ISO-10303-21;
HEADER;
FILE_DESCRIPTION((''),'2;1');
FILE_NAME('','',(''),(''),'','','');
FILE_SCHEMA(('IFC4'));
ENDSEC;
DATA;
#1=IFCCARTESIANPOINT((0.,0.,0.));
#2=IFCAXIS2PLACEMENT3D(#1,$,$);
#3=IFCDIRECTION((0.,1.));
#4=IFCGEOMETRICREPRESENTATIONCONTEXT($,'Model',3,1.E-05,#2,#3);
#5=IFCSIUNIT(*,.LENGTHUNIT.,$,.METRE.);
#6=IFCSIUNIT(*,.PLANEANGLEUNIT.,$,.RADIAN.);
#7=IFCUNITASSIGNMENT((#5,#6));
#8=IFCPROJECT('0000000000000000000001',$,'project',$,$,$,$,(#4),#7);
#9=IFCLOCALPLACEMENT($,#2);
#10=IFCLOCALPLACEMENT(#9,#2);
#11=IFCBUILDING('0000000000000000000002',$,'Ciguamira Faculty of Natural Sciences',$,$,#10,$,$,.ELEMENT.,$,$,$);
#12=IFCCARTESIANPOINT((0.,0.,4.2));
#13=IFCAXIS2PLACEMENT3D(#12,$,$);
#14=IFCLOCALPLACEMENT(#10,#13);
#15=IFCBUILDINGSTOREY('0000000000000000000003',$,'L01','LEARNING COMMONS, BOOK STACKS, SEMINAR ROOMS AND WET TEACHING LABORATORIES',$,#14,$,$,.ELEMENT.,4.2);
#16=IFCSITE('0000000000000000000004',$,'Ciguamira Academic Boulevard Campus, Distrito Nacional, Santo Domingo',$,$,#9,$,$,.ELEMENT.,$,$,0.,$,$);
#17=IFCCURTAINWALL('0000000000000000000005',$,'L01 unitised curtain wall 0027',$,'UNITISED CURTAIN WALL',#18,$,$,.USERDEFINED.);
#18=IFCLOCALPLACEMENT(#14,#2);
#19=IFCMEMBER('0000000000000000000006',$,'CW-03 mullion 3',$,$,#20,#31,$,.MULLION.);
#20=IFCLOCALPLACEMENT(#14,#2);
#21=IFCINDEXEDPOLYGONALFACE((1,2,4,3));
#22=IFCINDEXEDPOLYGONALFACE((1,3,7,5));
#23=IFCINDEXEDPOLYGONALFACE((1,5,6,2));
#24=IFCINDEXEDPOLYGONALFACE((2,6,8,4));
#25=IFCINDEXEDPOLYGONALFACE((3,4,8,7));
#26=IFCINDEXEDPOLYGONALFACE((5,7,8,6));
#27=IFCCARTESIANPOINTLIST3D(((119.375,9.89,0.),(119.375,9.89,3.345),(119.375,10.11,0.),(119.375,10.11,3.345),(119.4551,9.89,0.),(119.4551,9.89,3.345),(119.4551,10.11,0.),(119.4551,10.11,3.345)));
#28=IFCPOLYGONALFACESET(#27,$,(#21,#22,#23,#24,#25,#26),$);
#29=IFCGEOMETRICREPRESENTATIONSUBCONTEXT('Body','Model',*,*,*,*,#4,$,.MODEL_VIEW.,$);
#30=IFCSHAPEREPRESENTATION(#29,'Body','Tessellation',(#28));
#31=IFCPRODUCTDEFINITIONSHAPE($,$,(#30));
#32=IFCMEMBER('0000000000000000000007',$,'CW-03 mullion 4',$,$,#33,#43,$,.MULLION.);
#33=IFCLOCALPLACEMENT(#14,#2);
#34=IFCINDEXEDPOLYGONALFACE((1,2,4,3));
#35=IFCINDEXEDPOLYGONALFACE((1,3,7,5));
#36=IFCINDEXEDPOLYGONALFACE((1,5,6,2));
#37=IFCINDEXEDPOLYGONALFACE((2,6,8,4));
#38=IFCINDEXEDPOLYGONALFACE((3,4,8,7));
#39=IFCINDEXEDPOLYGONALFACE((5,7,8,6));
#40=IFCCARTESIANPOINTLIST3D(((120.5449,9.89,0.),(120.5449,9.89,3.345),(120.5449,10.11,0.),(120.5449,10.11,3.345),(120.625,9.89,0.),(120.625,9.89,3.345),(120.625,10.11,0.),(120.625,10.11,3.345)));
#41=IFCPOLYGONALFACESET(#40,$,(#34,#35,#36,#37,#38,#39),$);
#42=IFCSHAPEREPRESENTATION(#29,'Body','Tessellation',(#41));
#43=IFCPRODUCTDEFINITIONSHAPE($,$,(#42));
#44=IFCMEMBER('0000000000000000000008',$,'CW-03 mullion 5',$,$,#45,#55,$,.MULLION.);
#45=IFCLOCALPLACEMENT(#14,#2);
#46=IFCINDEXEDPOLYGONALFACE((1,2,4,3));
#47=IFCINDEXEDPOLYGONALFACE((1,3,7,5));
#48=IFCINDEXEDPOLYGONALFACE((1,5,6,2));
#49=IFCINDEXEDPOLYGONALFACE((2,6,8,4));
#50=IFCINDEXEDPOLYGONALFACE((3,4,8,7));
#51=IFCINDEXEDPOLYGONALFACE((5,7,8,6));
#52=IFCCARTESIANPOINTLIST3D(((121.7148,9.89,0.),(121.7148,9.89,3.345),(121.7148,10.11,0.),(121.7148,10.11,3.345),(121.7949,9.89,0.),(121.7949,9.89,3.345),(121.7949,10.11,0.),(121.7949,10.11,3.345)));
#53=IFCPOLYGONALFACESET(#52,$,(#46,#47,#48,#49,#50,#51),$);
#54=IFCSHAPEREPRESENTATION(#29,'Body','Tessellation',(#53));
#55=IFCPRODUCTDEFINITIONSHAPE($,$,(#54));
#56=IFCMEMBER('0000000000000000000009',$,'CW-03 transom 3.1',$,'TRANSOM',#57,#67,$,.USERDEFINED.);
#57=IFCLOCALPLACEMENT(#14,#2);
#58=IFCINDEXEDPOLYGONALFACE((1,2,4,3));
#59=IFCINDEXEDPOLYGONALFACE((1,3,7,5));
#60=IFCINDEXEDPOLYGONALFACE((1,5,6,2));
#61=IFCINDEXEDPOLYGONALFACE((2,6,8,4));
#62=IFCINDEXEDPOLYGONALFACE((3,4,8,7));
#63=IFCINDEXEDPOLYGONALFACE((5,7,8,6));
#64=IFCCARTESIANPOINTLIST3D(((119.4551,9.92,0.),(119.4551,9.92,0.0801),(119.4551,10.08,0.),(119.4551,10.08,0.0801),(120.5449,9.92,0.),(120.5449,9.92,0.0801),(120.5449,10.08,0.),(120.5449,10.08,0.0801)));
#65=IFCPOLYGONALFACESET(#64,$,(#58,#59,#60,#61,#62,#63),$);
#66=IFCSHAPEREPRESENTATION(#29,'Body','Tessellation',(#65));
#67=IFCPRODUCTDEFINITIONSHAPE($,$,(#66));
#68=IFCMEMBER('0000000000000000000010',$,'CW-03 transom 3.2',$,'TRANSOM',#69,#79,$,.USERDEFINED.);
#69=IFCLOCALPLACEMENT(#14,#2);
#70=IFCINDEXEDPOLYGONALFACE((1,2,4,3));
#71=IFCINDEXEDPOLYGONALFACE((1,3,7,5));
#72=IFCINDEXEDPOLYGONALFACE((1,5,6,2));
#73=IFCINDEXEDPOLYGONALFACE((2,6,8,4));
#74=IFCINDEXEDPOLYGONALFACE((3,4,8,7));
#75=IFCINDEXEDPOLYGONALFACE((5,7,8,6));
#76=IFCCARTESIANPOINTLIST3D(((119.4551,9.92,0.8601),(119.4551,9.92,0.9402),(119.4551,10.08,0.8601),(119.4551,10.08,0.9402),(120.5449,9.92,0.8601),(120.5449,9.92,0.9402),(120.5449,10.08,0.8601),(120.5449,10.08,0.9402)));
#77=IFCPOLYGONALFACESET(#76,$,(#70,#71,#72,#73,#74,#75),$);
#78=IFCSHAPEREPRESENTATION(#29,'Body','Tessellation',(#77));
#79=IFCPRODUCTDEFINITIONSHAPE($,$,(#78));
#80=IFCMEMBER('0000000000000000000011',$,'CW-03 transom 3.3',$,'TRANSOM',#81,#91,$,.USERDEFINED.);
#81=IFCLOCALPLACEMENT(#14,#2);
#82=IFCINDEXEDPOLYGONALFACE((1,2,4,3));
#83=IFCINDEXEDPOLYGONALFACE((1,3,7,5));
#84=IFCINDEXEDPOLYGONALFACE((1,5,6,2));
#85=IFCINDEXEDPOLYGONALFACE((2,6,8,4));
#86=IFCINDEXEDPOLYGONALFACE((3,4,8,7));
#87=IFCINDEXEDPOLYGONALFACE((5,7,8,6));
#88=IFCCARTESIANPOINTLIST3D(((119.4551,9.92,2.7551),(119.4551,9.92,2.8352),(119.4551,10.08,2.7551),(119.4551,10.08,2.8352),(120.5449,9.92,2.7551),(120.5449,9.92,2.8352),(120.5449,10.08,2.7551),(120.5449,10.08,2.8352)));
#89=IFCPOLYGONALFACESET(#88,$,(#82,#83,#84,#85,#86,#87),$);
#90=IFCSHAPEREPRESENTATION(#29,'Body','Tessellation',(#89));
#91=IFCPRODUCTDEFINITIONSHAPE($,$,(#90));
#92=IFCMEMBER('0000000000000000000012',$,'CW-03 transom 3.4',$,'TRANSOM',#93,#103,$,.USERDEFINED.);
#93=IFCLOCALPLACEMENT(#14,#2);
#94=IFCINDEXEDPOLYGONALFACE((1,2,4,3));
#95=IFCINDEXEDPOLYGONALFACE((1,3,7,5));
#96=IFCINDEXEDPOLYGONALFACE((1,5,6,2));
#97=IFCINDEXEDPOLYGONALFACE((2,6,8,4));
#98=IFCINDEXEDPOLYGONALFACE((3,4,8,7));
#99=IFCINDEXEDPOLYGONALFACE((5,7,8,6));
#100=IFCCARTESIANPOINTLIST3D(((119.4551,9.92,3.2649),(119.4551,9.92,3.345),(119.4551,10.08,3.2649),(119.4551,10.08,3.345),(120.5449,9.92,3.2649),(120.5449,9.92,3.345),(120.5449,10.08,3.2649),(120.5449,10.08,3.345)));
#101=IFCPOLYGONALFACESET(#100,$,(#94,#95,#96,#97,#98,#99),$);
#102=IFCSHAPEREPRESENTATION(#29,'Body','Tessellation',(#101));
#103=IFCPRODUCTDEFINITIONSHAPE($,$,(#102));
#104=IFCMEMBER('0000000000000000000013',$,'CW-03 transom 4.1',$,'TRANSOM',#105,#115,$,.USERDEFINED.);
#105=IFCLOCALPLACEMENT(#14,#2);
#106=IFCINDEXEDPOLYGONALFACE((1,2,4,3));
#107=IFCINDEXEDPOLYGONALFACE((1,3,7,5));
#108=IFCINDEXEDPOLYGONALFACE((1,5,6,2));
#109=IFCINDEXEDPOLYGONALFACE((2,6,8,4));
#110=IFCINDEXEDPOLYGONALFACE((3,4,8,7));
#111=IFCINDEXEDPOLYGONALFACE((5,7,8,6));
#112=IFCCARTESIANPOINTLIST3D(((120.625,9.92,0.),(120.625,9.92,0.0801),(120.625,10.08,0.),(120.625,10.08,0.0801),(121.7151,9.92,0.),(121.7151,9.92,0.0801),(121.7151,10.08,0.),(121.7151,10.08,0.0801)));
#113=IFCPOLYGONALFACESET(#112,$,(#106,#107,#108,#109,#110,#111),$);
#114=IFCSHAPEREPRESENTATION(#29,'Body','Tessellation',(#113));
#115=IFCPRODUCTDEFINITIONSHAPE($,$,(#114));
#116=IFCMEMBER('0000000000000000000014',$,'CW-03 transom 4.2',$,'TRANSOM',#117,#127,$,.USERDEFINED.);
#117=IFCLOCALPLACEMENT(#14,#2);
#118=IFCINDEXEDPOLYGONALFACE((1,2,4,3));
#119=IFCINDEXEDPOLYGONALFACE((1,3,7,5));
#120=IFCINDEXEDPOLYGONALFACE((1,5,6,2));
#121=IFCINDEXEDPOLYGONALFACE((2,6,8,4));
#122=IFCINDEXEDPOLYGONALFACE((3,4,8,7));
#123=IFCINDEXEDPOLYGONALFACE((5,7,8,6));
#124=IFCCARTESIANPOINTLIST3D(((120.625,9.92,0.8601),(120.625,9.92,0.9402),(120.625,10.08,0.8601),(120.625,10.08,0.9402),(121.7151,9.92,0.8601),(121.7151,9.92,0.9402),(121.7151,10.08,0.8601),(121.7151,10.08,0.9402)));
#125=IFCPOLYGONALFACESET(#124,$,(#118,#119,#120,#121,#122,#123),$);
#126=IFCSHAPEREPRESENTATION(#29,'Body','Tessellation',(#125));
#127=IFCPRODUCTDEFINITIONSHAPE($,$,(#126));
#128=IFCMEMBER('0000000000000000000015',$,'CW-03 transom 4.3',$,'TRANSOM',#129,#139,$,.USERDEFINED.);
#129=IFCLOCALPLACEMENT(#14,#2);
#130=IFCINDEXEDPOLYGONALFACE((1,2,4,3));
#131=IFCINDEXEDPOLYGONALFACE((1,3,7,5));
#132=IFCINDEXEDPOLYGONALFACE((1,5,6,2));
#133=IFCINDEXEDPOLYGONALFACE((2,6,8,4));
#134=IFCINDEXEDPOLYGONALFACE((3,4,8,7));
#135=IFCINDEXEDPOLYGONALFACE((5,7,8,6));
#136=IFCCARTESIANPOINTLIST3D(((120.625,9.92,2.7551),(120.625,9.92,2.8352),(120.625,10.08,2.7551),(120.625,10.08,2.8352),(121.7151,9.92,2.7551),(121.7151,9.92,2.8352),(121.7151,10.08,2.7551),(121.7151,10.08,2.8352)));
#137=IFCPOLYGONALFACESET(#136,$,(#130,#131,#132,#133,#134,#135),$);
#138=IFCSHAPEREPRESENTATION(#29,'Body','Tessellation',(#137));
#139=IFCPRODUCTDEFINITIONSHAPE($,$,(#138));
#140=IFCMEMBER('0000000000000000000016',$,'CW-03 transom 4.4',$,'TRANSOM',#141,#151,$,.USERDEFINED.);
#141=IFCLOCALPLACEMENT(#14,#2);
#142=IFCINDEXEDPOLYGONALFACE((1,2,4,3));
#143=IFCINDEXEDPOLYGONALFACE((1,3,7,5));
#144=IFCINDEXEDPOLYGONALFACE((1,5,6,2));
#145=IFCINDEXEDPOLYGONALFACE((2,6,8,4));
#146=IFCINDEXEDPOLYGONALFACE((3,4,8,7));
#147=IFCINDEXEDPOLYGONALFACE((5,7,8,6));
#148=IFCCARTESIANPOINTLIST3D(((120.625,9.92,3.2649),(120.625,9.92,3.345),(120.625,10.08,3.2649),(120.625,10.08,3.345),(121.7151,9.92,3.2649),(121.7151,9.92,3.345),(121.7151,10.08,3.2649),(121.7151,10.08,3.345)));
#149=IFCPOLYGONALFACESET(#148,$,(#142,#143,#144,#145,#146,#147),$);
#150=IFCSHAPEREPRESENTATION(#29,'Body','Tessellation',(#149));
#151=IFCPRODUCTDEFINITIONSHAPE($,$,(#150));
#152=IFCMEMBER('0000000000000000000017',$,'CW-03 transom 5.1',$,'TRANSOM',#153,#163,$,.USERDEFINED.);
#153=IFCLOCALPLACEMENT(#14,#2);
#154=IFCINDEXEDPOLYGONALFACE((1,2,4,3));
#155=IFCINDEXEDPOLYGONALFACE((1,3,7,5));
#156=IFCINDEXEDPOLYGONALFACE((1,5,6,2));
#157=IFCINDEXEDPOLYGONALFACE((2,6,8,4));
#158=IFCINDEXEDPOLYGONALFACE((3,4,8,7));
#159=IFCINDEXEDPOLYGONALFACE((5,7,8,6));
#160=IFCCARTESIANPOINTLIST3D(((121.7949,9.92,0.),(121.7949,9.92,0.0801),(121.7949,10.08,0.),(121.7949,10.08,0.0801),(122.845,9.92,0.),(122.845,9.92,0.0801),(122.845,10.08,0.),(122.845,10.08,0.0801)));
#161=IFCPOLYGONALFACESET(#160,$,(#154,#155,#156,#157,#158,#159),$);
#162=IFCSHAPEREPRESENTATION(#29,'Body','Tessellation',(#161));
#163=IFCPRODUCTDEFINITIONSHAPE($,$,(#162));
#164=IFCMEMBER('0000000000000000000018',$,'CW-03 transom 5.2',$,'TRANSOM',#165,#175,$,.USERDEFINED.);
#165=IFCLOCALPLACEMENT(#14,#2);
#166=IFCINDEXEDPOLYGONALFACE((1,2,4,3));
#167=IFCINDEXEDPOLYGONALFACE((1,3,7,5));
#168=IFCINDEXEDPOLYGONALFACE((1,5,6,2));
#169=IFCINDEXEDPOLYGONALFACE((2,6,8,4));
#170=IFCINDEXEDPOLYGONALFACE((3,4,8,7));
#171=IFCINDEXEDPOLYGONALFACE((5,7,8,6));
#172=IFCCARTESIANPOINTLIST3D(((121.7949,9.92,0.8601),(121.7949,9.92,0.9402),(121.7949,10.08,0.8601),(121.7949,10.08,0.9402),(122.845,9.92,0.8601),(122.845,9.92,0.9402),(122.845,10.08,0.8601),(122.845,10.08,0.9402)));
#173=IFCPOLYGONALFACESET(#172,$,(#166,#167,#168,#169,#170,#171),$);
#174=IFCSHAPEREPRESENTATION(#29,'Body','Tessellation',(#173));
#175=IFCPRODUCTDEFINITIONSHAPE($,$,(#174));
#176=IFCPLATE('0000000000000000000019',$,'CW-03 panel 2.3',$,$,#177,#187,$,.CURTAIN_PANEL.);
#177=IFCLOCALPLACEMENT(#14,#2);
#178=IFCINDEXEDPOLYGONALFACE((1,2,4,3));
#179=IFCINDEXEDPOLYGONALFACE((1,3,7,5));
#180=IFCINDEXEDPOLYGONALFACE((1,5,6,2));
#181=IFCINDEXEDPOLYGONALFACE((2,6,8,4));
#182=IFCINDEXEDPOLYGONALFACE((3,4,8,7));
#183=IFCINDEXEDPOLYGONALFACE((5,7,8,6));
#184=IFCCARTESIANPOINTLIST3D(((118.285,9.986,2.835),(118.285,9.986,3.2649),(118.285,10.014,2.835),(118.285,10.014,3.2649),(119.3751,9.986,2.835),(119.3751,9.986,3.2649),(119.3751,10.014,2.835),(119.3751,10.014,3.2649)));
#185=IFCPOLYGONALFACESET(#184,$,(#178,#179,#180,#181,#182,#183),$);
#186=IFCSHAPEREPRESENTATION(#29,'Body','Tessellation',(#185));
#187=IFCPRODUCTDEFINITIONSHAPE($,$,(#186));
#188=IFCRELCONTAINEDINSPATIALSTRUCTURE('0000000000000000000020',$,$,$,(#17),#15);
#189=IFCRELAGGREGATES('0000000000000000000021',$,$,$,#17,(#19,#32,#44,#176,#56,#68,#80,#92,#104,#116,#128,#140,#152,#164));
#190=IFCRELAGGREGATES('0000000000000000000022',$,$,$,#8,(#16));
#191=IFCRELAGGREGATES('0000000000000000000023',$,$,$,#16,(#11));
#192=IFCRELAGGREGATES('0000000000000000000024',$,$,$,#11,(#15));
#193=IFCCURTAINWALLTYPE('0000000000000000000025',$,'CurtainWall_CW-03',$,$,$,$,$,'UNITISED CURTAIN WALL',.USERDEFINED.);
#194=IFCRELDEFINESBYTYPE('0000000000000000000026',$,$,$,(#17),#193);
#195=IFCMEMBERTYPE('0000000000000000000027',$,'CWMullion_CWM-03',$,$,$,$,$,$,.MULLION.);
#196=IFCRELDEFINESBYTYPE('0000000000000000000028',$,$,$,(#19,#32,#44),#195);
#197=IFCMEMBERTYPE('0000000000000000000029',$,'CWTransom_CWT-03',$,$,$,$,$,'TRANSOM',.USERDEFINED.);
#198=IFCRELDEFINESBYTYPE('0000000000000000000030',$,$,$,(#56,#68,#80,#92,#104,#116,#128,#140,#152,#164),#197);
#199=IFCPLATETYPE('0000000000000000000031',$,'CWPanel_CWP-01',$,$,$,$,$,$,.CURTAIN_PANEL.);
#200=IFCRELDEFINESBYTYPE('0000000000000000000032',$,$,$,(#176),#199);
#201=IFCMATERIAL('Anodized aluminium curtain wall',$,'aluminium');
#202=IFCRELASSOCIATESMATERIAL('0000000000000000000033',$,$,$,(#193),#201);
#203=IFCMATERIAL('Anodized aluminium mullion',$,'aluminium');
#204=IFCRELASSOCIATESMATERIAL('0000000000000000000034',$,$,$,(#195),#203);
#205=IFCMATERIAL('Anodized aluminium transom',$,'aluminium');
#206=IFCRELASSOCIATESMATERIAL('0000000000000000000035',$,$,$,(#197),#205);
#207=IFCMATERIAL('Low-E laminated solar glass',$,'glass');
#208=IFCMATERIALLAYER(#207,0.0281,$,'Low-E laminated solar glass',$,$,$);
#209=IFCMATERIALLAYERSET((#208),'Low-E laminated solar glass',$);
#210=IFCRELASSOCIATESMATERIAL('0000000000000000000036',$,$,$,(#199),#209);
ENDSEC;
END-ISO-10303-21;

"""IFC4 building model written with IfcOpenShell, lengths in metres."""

from ifc_helpers import new_model, si_unit, direction, frame, origin, origin_2d, place, context, subcontext, project, spatial, rectangle, extrude, material, layer, layer_set, material_profile, profile_set, type_object, element, aggregate, save


model = new_model("IFC4")

# Units and contexts
model_context = context("Model", 3, precision=1e-05, world=origin(), true_north=direction((0.0, 1.0)))
body_context = subcontext(model_context, "Body", "Model", "MODEL_VIEW")
ifc_project = project(units=[si_unit("LENGTHUNIT", "METRE"), si_unit("PLANEANGLEUNIT", "RADIAN")], contexts=[model_context])

# Site, building, storey
site_placement = place(None, origin())
site = spatial("IfcSite", under=ifc_project, at=site_placement, Name="Ciguamira Academic Boulevard Campus, Distrito Nacional, Santo Domingo", CompositionType="ELEMENT", RefElevation=0.0)
building_placement = place(site_placement, origin())
building = spatial("IfcBuilding", under=site, at=building_placement, Name="Ciguamira Faculty of Natural Sciences", CompositionType="ELEMENT")
storey_placement = place(building_placement, frame((0.0, 0.0, 4.2)))
storey = spatial("IfcBuildingStorey", under=building, at=storey_placement, Name="L01", Description="LEARNING COMMONS, BOOK STACKS, SEMINAR ROOMS AND WET TEACHING LABORATORIES", CompositionType="ELEMENT", Elevation=4.2)

# Curtain wall, members, plate
ifc_material_1 = material(Name="Anodized aluminium curtain wall", Category="aluminium")
curtain_wall_type = type_object("IfcCurtainWallType", Name="CurtainWall_CW-03", ElementType="UNITISED CURTAIN WALL", PredefinedType="USERDEFINED", material=ifc_material_1)
curtain_wall_placement = place(storey_placement, origin())
curtain_wall = element("IfcCurtainWall", 1, at=curtain_wall_placement, inside=storey, type_object=curtain_wall_type, Name="L01 unitised curtain wall 0027", ObjectType="UNITISED CURTAIN WALL", PredefinedType="USERDEFINED")
ifc_material_2 = material(Name="Anodized aluminium mullion", Category="aluminium")
ifc_material_profile_1 = material_profile(ifc_material_2, rectangle(XDim=0.0801, YDim=0.22, at=origin_2d()), Name="ALU-MUL-80X220")
ifc_profile_set_1 = profile_set([ifc_material_profile_1], Name="Anodized aluminium mullion")
member_type_1 = type_object("IfcMemberType", Name="CWMullion_CWM-03", PredefinedType="MULLION", material=ifc_profile_set_1)
member_1_placement = place(storey_placement, frame((119.415, 10.0, 0.0), z_axis=(0.0, 0.0, 1.0), x_axis=(1.0, 0.0, 0.0)))
member_1 = element("IfcMember", 2, at=member_1_placement, type_object=member_type_1, Name="CW-03 mullion 3", PredefinedType="MULLION", context=body_context, shape_type="SweptSolid", body=[
    extrude(rectangle(XDim=0.0801, YDim=0.22, at=origin_2d()), origin(), (0.0, 0.0, 1.0), 3.345),
])
member_2_placement = place(storey_placement, frame((120.585, 10.0, 0.0), z_axis=(0.0, 0.0, 1.0), x_axis=(1.0, 0.0, 0.0)))
member_2 = element("IfcMember", 3, at=member_2_placement, type_object=member_type_1, Name="CW-03 mullion 4", PredefinedType="MULLION", context=body_context, shape_type="SweptSolid", body=[
    extrude(rectangle(XDim=0.0801, YDim=0.22, at=origin_2d()), origin(), (0.0, 0.0, 1.0), 3.345),
])
member_3_placement = place(storey_placement, frame((121.7549, 10.0, 0.0), z_axis=(0.0, 0.0, 1.0), x_axis=(1.0, 0.0, 0.0)))
member_3 = element("IfcMember", 4, at=member_3_placement, type_object=member_type_1, Name="CW-03 mullion 5", PredefinedType="MULLION", context=body_context, shape_type="SweptSolid", body=[
    extrude(rectangle(XDim=0.0801, YDim=0.22, at=origin_2d()), origin(), (0.0, 0.0, 1.0), 3.345),
])
ifc_material_3 = material(Name="Anodized aluminium transom", Category="aluminium")
ifc_material_profile_2 = material_profile(ifc_material_3, rectangle(XDim=0.0801, YDim=0.1599, at=origin_2d()), Name="ALU-TRN-80X160")
ifc_profile_set_2 = profile_set([ifc_material_profile_2], Name="Anodized aluminium transom")
member_type_2 = type_object("IfcMemberType", Name="CWTransom_CWT-03", ElementType="TRANSOM", PredefinedType="USERDEFINED", material=ifc_profile_set_2)
member_4_placement = place(storey_placement, frame((119.4551, 10.0, 0.04), z_axis=(1.0, 0.0, 0.0), x_axis=(0.0, 0.0, 1.0)))
member_4 = element("IfcMember", 5, at=member_4_placement, type_object=member_type_2, Name="CW-03 transom 3.1", ObjectType="TRANSOM", PredefinedType="USERDEFINED", context=body_context, shape_type="SweptSolid", body=[
    extrude(rectangle(XDim=0.0801, YDim=0.1599, at=origin_2d()), origin(), (0.0, 0.0, 1.0), 1.0898),
])
member_5_placement = place(storey_placement, frame((119.4551, 10.0, 0.9001), z_axis=(1.0, 0.0, 0.0), x_axis=(0.0, 0.0, 1.0)))
member_5 = element("IfcMember", 6, at=member_5_placement, type_object=member_type_2, Name="CW-03 transom 3.2", ObjectType="TRANSOM", PredefinedType="USERDEFINED", context=body_context, shape_type="SweptSolid", body=[
    extrude(rectangle(XDim=0.0801, YDim=0.1599, at=origin_2d()), origin(), (0.0, 0.0, 1.0), 1.0898),
])
member_6_placement = place(storey_placement, frame((119.4551, 10.0, 2.7952), z_axis=(1.0, 0.0, 0.0), x_axis=(0.0, 0.0, 1.0)))
member_6 = element("IfcMember", 7, at=member_6_placement, type_object=member_type_2, Name="CW-03 transom 3.3", ObjectType="TRANSOM", PredefinedType="USERDEFINED", context=body_context, shape_type="SweptSolid", body=[
    extrude(rectangle(XDim=0.0801, YDim=0.1599, at=origin_2d()), origin(), (0.0, 0.0, 1.0), 1.0898),
])
member_7_placement = place(storey_placement, frame((119.4551, 10.0, 3.3049), z_axis=(1.0, 0.0, 0.0), x_axis=(0.0, 0.0, 1.0)))
member_7 = element("IfcMember", 8, at=member_7_placement, type_object=member_type_2, Name="CW-03 transom 3.4", ObjectType="TRANSOM", PredefinedType="USERDEFINED", context=body_context, shape_type="SweptSolid", body=[
    extrude(rectangle(XDim=0.0801, YDim=0.1599, at=origin_2d()), origin(), (0.0, 0.0, 1.0), 1.0898),
])
member_8_placement = place(storey_placement, frame((120.625, 10.0, 0.04), z_axis=(1.0, 0.0, 0.0), x_axis=(0.0, 0.0, 1.0)))
member_8 = element("IfcMember", 9, at=member_8_placement, type_object=member_type_2, Name="CW-03 transom 4.1", ObjectType="TRANSOM", PredefinedType="USERDEFINED", context=body_context, shape_type="SweptSolid", body=[
    extrude(rectangle(XDim=0.0801, YDim=0.1599, at=origin_2d()), origin(), (0.0, 0.0, 1.0), 1.0901),
])
member_9_placement = place(storey_placement, frame((120.625, 10.0, 0.9001), z_axis=(1.0, 0.0, 0.0), x_axis=(0.0, 0.0, 1.0)))
member_9 = element("IfcMember", 10, at=member_9_placement, type_object=member_type_2, Name="CW-03 transom 4.2", ObjectType="TRANSOM", PredefinedType="USERDEFINED", context=body_context, shape_type="SweptSolid", body=[
    extrude(rectangle(XDim=0.0801, YDim=0.1599, at=origin_2d()), origin(), (0.0, 0.0, 1.0), 1.0901),
])
member_10_placement = place(storey_placement, frame((120.625, 10.0, 2.7952), z_axis=(1.0, 0.0, 0.0), x_axis=(0.0, 0.0, 1.0)))
member_10 = element("IfcMember", 11, at=member_10_placement, type_object=member_type_2, Name="CW-03 transom 4.3", ObjectType="TRANSOM", PredefinedType="USERDEFINED", context=body_context, shape_type="SweptSolid", body=[
    extrude(rectangle(XDim=0.0801, YDim=0.1599, at=origin_2d()), origin(), (0.0, 0.0, 1.0), 1.0901),
])
member_11_placement = place(storey_placement, frame((120.625, 10.0, 3.3049), z_axis=(1.0, 0.0, 0.0), x_axis=(0.0, 0.0, 1.0)))
member_11 = element("IfcMember", 12, at=member_11_placement, type_object=member_type_2, Name="CW-03 transom 4.4", ObjectType="TRANSOM", PredefinedType="USERDEFINED", context=body_context, shape_type="SweptSolid", body=[
    extrude(rectangle(XDim=0.0801, YDim=0.1599, at=origin_2d()), origin(), (0.0, 0.0, 1.0), 1.0901),
])
member_12_placement = place(storey_placement, frame((121.7949, 10.0, 0.04), z_axis=(1.0, 0.0, 0.0), x_axis=(0.0, 0.0, 1.0)))
member_12 = element("IfcMember", 13, at=member_12_placement, type_object=member_type_2, Name="CW-03 transom 5.1", ObjectType="TRANSOM", PredefinedType="USERDEFINED", context=body_context, shape_type="SweptSolid", body=[
    extrude(rectangle(XDim=0.0801, YDim=0.1599, at=origin_2d()), origin(), (0.0, 0.0, 1.0), 1.05),
])
member_13_placement = place(storey_placement, frame((121.7949, 10.0, 0.9001), z_axis=(1.0, 0.0, 0.0), x_axis=(0.0, 0.0, 1.0)))
member_13 = element("IfcMember", 14, at=member_13_placement, type_object=member_type_2, Name="CW-03 transom 5.2", ObjectType="TRANSOM", PredefinedType="USERDEFINED", context=body_context, shape_type="SweptSolid", body=[
    extrude(rectangle(XDim=0.0801, YDim=0.1599, at=origin_2d()), origin(), (0.0, 0.0, 1.0), 1.05),
])
ifc_material_4 = material(Name="Low-E laminated solar glass", Category="glass")
ifc_layer = layer(ifc_material_4, 0.0281, Name="Low-E laminated solar glass")
ifc_layer_set = layer_set([ifc_layer], Name="Low-E laminated solar glass")
plate_type = type_object("IfcPlateType", Name="CWPanel_CWP-01", PredefinedType="CURTAIN_PANEL", material=ifc_layer_set)
plate_1_placement = place(storey_placement, frame((118.8301, 10.0, 2.835), z_axis=(0.0, 0.0, 1.0), x_axis=(1.0, 0.0, 0.0)))
plate_1 = element("IfcPlate", 15, at=plate_1_placement, type_object=plate_type, Name="CW-03 panel 2.3", PredefinedType="CURTAIN_PANEL", context=body_context, shape_type="SweptSolid", body=[
    extrude(rectangle(XDim=1.0901, YDim=0.0281, at=origin_2d()), origin(), (0.0, 0.0, 1.0), 0.4299),
])
aggregate(curtain_wall, [member_1, member_2, member_3, plate_1, member_4, member_5, member_6, member_7, member_8, member_9, member_10, member_11, member_12, member_13])

save(model, "model.ifc")
